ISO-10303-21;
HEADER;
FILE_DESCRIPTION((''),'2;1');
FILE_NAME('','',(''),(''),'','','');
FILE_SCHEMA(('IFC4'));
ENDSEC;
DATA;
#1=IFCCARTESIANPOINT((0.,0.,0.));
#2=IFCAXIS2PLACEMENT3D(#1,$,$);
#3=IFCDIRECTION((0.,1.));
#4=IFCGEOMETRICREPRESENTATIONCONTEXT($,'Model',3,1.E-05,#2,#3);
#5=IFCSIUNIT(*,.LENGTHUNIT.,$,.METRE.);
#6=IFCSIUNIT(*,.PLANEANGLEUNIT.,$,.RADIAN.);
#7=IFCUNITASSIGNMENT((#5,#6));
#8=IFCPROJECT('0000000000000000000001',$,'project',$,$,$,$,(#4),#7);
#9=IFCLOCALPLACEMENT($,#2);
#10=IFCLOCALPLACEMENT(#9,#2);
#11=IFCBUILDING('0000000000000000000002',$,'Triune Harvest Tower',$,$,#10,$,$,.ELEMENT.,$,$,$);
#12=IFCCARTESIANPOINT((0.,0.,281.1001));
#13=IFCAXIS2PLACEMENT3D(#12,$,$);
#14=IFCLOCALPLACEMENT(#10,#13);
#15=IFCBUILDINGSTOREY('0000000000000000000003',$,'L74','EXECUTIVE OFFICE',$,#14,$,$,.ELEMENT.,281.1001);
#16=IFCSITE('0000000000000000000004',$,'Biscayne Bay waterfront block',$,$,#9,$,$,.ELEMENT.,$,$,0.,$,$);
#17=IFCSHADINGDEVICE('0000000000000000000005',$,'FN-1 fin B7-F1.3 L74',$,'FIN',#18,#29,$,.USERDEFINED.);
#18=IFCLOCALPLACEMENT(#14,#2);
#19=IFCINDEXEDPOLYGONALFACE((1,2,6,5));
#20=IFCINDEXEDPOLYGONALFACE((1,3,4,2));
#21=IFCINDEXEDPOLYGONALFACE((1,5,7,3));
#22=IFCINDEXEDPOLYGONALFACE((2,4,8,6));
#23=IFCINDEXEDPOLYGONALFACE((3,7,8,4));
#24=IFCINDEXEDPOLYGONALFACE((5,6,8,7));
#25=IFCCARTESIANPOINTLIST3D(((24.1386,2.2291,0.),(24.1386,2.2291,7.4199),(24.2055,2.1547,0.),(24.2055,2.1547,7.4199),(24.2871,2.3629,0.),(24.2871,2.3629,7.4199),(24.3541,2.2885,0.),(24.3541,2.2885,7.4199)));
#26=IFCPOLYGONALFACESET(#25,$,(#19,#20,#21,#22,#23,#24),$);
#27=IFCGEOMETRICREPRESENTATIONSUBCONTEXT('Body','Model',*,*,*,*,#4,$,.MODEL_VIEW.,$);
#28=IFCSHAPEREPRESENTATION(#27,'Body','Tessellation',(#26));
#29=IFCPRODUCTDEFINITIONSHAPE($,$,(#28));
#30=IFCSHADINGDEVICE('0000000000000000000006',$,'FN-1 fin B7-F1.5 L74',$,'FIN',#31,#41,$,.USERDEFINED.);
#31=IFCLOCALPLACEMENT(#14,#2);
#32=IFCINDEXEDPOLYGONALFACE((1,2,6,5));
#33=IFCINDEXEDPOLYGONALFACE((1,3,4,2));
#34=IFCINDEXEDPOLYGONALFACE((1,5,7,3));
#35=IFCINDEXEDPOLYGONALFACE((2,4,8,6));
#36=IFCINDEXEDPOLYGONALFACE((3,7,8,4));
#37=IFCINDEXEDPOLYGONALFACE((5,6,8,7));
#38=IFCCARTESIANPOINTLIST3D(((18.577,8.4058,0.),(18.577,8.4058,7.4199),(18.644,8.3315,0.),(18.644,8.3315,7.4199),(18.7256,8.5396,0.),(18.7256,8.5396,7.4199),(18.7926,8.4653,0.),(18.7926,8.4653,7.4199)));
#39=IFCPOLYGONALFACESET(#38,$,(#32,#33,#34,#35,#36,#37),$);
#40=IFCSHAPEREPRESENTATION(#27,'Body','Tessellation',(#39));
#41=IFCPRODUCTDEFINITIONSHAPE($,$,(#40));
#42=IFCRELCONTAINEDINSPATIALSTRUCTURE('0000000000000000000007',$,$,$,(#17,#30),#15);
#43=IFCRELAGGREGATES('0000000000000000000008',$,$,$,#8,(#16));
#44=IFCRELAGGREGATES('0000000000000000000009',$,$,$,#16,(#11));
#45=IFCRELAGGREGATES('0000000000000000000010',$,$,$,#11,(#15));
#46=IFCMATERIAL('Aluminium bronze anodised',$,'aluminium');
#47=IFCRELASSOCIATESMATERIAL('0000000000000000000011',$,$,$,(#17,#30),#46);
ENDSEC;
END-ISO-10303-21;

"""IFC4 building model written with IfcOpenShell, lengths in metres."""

from ifc_helpers import new_model, si_unit, direction, frame, origin, origin_2d, place, context, subcontext, project, spatial, rectangle, extrude, source, transform, mapped, material, element, save


model = new_model("IFC4")

# Units and contexts
model_context = context("Model", 3, precision=1e-05, world=origin(), true_north=direction((0.0, 1.0)))
body_context = subcontext(model_context, "Body", "Model", "MODEL_VIEW")
ifc_project = project(units=[si_unit("LENGTHUNIT", "METRE"), si_unit("PLANEANGLEUNIT", "RADIAN")], contexts=[model_context])

# Site, building, storey
site_placement = place(None, origin())
site = spatial("IfcSite", under=ifc_project, at=site_placement, Name="Biscayne Bay waterfront block", CompositionType="ELEMENT", RefElevation=0.0)
building_placement = place(site_placement, origin())
building = spatial("IfcBuilding", under=site, at=building_placement, Name="Triune Harvest Tower", CompositionType="ELEMENT")
storey_placement = place(building_placement, frame((0.0, 0.0, 281.1001)))
storey = spatial("IfcBuildingStorey", under=building, at=storey_placement, Name="L74", Description="EXECUTIVE OFFICE", CompositionType="ELEMENT", Elevation=281.1001)

# Shading devices
ifc_material_1 = material(Name="Aluminium bronze anodised", Category="aluminium")
shared_shape_1 = source(origin(), body_context, "Body", "SweptSolid", [
    extrude(rectangle(XDim=0.1001, YDim=0.2, at=origin_2d()), origin(), (0.0, 0.0, 1.0), 7.4199),
])
for number, where, z_axis, x_axis, name in (
    (1, (24.2463, 2.2588, 0.0), (0.0, 0.0, 1.0), (-0.669131, 0.743144, 0.0), "FN-1 fin B7-F1.3 L74"),
    (2, (18.6848, 8.4355, 0.0), (0.0, 0.0, 1.0), (-0.669131, 0.743144, 0.0), "FN-1 fin B7-F1.5 L74"),
):
    element("IfcShadingDevice", number, at=place(storey_placement, frame(where, z_axis=z_axis, x_axis=x_axis)), inside=storey, material=ifc_material_1, Name=name, ObjectType="FIN", PredefinedType="USERDEFINED", context=body_context, shape_type="MappedRepresentation", body=[
        mapped(shared_shape_1, transform((0.0, 0.0, 0.0), scale=1.0)),
    ])

save(model, "model.ifc")
